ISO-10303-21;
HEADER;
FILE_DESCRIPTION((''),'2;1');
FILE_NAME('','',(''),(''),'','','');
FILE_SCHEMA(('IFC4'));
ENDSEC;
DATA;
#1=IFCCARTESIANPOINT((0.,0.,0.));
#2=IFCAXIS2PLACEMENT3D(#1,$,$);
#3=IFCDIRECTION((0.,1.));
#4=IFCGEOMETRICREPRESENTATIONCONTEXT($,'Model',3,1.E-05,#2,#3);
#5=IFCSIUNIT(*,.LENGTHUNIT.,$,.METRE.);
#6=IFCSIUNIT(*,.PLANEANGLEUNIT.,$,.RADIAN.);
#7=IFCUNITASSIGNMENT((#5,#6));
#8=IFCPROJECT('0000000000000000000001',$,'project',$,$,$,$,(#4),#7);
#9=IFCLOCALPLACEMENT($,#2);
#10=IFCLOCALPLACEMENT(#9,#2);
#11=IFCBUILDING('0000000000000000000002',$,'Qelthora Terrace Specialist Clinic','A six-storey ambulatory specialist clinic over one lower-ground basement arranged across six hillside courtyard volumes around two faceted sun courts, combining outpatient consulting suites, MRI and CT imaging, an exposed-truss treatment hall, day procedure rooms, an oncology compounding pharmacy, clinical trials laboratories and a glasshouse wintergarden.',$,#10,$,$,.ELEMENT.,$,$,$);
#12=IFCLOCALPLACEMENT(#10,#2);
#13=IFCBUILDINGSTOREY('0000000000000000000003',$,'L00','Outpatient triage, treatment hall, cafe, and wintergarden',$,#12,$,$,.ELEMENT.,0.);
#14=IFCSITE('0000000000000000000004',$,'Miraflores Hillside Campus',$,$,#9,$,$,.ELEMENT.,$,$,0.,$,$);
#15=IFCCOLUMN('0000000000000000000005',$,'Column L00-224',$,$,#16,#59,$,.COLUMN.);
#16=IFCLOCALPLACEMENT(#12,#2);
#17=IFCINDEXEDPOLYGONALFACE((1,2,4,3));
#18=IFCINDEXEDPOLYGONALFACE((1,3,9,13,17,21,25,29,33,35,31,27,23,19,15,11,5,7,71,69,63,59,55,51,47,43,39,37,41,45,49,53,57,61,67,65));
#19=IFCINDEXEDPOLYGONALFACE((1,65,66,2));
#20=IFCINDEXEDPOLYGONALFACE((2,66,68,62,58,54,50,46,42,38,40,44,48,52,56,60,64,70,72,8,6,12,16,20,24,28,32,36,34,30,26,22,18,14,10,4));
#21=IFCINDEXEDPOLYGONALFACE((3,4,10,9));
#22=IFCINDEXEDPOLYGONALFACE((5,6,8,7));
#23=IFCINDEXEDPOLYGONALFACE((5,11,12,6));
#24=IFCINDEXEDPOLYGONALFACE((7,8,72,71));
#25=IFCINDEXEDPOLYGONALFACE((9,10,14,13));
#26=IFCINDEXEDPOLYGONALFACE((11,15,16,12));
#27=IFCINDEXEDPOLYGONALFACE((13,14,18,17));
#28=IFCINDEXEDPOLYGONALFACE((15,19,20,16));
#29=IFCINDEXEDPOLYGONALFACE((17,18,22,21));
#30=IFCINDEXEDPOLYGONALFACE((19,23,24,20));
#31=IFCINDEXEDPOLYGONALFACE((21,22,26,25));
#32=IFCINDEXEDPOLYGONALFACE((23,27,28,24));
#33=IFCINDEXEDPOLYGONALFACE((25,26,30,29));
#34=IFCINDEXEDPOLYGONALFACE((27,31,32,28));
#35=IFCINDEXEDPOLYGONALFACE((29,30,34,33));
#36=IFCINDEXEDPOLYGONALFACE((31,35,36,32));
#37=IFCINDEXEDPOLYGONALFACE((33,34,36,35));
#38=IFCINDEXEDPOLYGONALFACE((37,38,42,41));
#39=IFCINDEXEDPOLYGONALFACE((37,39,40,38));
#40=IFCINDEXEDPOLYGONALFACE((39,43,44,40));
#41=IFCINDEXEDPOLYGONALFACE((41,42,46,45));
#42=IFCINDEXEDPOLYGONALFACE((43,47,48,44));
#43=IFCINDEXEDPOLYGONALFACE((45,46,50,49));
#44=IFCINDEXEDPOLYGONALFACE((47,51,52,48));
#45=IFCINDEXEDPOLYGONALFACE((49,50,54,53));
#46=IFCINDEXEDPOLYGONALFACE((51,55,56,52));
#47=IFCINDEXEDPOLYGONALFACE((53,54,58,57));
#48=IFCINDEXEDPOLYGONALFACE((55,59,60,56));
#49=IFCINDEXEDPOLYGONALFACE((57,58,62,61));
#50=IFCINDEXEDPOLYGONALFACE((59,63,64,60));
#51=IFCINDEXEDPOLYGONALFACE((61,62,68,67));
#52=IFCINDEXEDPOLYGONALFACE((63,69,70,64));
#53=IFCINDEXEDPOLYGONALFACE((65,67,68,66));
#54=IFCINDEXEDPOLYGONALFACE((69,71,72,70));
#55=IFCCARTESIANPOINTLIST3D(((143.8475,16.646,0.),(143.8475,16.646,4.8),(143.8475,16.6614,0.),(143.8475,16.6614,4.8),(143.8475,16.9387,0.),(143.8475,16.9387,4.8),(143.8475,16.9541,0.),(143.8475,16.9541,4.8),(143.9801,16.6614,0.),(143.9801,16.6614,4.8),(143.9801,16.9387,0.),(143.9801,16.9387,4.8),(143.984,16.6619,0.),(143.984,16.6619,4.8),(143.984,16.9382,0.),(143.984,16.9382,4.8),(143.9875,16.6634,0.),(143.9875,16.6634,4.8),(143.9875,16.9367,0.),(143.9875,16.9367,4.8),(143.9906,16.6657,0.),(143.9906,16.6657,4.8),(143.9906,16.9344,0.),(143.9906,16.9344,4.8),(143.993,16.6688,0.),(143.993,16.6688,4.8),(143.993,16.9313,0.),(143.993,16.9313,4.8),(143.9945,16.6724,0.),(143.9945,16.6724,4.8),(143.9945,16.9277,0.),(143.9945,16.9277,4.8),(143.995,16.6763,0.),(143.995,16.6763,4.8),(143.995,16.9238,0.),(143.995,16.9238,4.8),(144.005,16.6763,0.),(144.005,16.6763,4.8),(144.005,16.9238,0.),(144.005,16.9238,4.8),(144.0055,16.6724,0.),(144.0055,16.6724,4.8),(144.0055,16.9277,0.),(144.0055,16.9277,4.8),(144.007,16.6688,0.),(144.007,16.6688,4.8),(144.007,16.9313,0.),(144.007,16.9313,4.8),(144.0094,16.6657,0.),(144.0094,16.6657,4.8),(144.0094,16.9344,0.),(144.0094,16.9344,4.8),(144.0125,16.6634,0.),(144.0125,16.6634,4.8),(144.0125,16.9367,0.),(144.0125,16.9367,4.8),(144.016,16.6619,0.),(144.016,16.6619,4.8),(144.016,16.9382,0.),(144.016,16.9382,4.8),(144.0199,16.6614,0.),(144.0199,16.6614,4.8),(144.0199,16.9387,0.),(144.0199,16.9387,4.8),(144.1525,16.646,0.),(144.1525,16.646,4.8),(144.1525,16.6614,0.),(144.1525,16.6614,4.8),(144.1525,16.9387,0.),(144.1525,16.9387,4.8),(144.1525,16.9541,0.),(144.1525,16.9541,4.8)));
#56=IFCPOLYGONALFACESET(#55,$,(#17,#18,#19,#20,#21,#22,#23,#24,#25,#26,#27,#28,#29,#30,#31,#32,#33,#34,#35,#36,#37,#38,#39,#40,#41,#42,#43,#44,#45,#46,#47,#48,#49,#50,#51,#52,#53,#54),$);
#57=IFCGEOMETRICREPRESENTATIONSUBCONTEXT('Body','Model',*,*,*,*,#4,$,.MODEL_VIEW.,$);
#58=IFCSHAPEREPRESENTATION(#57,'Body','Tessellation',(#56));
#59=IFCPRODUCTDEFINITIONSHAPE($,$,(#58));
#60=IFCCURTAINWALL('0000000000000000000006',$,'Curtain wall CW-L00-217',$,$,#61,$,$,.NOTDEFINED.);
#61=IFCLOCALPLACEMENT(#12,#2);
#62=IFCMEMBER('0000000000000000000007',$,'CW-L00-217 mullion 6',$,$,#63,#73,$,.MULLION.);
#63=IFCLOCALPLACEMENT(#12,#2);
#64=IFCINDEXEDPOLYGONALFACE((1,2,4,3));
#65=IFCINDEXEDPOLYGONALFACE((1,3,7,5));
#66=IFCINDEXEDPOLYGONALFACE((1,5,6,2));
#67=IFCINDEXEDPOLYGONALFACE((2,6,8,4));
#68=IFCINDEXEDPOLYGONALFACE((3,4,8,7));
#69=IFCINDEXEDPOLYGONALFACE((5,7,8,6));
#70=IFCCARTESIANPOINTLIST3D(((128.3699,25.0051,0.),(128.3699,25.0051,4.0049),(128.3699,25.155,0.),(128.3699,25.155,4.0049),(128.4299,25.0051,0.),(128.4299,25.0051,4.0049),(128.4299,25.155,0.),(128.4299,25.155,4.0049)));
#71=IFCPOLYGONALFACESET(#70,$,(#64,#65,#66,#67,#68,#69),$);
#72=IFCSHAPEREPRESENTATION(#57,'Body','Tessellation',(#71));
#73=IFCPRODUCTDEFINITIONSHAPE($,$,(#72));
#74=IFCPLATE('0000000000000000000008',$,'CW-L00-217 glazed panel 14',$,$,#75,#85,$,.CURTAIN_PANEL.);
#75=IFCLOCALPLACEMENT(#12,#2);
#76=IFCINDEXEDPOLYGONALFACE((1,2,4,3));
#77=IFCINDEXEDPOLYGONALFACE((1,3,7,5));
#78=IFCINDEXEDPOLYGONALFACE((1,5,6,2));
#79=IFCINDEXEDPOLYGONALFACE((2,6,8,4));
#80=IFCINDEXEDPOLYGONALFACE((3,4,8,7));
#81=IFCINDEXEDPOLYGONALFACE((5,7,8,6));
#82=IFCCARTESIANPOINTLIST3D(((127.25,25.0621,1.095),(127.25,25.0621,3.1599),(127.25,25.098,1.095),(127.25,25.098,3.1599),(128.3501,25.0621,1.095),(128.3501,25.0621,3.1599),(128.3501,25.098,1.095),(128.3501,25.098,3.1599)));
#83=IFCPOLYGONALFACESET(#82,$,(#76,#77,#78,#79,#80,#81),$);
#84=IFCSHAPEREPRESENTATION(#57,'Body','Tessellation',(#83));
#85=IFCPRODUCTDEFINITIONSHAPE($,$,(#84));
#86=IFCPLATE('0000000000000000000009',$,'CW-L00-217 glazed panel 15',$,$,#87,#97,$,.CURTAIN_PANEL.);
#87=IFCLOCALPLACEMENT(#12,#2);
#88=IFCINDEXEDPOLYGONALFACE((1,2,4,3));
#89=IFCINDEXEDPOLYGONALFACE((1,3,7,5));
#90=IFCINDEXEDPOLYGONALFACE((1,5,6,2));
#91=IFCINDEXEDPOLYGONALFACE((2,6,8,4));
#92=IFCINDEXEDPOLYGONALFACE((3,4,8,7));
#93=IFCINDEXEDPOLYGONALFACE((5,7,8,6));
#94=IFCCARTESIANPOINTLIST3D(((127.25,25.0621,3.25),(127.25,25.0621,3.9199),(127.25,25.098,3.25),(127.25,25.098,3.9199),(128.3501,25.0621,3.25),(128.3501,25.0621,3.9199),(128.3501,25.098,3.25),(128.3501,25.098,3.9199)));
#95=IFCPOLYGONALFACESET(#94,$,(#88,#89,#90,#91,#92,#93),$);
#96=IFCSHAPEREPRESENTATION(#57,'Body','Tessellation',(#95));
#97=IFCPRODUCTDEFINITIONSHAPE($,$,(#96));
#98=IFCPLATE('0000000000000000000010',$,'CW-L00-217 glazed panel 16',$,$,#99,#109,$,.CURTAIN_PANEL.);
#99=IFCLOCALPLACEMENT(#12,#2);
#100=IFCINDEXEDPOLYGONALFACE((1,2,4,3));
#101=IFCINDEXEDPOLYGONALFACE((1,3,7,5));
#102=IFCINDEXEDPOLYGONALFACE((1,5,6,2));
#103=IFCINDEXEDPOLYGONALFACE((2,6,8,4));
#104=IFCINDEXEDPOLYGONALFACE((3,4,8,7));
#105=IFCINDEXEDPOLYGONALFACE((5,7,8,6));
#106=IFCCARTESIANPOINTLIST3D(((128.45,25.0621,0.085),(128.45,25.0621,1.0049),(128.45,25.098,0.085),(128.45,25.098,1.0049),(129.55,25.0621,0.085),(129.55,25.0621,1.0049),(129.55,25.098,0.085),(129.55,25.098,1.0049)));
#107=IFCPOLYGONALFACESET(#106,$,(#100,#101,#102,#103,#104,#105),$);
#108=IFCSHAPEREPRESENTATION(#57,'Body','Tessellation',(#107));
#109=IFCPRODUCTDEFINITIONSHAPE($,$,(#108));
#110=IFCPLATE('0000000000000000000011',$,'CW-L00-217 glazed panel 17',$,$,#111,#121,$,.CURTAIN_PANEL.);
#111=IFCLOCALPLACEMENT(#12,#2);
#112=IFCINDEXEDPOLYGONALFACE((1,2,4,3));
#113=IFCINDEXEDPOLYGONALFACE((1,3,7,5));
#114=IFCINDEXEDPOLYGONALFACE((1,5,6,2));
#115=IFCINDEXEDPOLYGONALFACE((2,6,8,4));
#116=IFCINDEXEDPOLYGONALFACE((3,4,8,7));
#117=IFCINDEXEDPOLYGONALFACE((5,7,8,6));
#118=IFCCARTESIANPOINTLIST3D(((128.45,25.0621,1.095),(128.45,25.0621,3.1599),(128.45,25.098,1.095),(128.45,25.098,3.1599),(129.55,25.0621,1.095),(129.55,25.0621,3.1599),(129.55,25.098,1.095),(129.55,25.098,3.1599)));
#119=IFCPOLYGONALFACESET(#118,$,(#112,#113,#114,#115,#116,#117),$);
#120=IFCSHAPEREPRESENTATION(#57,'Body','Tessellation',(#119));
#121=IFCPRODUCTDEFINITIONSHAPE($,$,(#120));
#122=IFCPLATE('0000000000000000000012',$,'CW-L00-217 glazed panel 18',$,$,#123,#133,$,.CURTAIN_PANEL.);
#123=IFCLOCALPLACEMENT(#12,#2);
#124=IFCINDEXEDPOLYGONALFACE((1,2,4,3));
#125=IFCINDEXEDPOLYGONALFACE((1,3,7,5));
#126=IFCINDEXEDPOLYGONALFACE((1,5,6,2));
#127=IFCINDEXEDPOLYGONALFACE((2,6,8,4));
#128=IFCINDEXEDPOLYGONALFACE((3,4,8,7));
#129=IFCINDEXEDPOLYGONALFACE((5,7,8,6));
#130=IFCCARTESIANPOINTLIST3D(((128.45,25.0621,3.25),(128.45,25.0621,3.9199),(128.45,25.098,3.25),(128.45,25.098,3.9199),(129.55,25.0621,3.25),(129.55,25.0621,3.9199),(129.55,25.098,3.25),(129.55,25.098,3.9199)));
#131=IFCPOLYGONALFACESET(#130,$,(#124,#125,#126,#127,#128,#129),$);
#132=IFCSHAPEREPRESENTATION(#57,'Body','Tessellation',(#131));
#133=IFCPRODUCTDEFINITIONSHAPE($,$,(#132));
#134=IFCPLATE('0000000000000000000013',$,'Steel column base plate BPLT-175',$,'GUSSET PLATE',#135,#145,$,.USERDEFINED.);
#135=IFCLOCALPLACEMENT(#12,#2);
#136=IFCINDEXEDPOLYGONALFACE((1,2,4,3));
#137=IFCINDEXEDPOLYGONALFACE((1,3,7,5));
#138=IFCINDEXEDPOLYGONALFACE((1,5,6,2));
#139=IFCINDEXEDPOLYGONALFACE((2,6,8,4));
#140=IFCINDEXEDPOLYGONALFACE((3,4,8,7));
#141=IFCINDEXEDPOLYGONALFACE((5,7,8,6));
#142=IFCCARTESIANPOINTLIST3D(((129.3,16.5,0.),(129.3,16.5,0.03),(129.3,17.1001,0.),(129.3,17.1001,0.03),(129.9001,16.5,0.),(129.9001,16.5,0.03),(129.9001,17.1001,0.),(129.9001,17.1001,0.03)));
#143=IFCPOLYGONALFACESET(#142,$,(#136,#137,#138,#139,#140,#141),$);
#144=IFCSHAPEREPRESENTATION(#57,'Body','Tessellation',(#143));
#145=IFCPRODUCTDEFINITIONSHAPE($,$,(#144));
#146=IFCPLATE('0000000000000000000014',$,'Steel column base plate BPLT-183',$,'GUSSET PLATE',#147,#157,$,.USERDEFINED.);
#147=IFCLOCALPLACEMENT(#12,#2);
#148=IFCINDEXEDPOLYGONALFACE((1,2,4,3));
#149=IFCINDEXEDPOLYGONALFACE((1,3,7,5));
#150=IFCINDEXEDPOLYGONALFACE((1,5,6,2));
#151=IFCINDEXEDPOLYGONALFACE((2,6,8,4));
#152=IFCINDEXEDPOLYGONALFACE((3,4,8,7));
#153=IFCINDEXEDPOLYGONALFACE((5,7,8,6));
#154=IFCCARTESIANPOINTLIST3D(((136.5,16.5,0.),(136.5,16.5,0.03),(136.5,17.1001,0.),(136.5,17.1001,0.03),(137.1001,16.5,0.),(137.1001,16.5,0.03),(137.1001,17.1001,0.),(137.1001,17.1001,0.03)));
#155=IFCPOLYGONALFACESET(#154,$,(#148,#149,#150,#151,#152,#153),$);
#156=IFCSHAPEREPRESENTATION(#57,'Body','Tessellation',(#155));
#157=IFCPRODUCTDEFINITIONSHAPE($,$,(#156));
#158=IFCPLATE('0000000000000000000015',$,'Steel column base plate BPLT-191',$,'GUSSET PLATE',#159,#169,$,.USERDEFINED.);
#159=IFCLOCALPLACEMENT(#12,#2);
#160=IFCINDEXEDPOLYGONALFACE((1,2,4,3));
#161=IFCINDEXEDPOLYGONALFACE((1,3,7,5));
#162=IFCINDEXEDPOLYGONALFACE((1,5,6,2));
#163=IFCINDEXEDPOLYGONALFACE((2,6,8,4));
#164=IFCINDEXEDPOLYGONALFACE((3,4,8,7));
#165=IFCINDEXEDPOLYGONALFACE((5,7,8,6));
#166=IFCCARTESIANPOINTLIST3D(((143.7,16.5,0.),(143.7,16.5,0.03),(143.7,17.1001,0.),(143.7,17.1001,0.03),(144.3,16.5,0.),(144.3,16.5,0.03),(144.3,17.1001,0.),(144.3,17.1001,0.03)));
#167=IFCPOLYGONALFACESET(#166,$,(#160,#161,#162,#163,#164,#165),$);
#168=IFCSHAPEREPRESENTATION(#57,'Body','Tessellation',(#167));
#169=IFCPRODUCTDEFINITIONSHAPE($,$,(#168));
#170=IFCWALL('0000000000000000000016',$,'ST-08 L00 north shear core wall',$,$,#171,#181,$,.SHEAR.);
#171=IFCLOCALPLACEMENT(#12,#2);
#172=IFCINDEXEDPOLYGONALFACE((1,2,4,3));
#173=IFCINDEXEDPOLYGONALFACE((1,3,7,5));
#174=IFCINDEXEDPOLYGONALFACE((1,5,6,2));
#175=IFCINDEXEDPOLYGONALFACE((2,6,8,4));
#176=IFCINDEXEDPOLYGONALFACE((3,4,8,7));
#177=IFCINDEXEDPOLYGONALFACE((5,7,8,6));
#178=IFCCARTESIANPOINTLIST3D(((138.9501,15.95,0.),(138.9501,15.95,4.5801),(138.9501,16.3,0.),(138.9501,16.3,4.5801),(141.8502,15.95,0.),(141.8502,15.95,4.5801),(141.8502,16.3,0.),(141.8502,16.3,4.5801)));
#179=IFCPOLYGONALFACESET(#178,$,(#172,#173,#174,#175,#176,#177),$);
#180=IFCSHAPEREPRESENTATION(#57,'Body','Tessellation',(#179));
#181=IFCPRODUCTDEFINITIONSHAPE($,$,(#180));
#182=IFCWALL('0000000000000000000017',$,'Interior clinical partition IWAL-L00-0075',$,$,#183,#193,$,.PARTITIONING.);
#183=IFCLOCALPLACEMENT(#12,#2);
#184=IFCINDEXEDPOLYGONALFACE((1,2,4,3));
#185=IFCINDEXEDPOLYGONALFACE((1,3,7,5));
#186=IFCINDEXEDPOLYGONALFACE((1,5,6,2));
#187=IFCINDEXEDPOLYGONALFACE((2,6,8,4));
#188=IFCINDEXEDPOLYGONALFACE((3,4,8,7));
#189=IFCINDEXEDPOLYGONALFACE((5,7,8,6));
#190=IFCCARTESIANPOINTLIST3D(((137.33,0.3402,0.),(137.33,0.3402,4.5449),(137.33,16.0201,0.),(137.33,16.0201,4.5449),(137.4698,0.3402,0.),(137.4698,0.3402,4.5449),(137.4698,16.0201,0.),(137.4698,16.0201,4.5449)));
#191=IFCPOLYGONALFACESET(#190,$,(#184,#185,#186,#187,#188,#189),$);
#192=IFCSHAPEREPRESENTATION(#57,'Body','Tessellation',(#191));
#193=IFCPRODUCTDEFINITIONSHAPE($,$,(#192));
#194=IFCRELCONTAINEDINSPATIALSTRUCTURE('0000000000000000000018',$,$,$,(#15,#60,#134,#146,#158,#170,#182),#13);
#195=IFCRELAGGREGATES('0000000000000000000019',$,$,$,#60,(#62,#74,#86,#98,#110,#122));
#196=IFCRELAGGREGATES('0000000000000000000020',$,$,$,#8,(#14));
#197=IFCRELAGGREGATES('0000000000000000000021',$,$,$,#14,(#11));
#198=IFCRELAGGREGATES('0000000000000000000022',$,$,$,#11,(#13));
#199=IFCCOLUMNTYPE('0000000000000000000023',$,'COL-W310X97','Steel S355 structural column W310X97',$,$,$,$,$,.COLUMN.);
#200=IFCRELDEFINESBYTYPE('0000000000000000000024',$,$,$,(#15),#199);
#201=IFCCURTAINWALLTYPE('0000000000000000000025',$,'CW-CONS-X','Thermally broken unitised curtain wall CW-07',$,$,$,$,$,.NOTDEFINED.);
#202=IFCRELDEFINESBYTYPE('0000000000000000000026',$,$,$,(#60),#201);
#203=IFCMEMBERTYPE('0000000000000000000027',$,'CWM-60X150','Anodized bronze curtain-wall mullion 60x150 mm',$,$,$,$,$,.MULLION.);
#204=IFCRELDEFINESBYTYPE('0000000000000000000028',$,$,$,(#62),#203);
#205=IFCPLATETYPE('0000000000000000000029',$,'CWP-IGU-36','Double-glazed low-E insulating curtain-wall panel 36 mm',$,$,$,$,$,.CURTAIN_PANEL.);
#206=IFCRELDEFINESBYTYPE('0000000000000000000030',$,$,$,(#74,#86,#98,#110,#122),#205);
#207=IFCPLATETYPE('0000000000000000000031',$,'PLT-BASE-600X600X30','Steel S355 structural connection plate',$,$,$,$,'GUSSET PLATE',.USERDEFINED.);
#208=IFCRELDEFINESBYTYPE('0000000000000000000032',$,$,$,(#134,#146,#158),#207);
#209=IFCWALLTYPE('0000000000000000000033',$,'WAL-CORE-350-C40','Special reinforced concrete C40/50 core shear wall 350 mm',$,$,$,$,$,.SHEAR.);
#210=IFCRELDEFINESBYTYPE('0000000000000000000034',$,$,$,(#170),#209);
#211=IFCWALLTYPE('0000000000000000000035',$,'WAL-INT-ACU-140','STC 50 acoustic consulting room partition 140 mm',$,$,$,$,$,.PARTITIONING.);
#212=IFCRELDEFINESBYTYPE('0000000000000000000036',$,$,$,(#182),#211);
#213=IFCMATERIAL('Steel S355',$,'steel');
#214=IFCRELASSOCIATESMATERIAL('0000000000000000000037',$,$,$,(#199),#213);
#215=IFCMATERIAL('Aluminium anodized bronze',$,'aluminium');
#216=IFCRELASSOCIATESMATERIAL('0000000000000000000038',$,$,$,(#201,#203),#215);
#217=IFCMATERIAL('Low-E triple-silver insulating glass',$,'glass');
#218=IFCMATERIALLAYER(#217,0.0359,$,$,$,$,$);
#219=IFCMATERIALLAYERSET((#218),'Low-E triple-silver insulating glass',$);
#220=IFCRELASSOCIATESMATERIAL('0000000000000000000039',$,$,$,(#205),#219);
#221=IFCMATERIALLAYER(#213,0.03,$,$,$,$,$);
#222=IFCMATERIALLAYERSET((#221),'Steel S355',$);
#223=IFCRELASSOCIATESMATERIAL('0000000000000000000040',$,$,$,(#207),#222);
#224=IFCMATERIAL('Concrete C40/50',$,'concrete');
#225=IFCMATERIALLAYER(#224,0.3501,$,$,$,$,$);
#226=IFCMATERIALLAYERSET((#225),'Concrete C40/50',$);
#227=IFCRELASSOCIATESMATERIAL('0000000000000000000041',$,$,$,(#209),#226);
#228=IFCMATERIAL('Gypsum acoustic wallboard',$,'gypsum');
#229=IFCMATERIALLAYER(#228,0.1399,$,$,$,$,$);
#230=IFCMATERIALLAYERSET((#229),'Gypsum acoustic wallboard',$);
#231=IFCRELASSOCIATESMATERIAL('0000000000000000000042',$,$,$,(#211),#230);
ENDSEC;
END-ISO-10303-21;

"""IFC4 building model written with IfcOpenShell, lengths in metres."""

from ifc_helpers import new_model, si_unit, direction, frame, frame_2d, origin, origin_2d, place, context, subcontext, project, spatial, rectangle, i_section, extrude, material, layer, layer_set, material_profile, profile_set, type_object, element, aggregate, save


model = new_model("IFC4")

# Units and contexts
model_context = context("Model", 3, precision=1e-05, world=origin(), true_north=direction((0.0, 1.0)))
body_context = subcontext(model_context, "Body", "Model", "MODEL_VIEW")
ifc_project = project(units=[si_unit("LENGTHUNIT", "METRE"), si_unit("PLANEANGLEUNIT", "RADIAN")], contexts=[model_context])

# Site, building, storey
site_placement = place(None, origin())
site = spatial("IfcSite", under=ifc_project, at=site_placement, Name="Miraflores Hillside Campus", CompositionType="ELEMENT", RefElevation=0.0)
building_placement = place(site_placement, origin())
building = spatial("IfcBuilding", under=site, at=building_placement, Name="Qelthora Terrace Specialist Clinic", Description="A six-storey ambulatory specialist clinic over one lower-ground basement arranged across six hillside courtyard volumes around two faceted sun courts, combining outpatient consulting suites, MRI and CT imaging, an exposed-truss treatment hall, day procedure rooms, an oncology compounding pharmacy, clinical trials laboratories and a glasshouse wintergarden.", CompositionType="ELEMENT")
storey_placement = place(building_placement, origin())
storey = spatial("IfcBuildingStorey", under=building, at=storey_placement, Name="L00", Description="Outpatient triage, treatment hall, cafe, and wintergarden", CompositionType="ELEMENT", Elevation=0.0)

# Column
ifc_material_1 = material(Name="Steel S355", Category="steel")
ifc_material_profile_1 = material_profile(ifc_material_1, i_section(OverallWidth=0.3049, OverallDepth=0.3081, WebThickness=0.01, FlangeThickness=0.0154, FilletRadius=0.0149, at=origin_2d()), Name="W310X97")
ifc_profile_set_1 = profile_set([ifc_material_profile_1], Name="Steel S355")
column_type_1 = type_object("IfcColumnType", Name="COL-W310X97", Description="Steel S355 structural column W310X97", PredefinedType="COLUMN", material=ifc_profile_set_1)
column_1_placement = place(storey_placement, frame((144.0, 16.8, 0.0), z_axis=(0.0, 0.0, 1.0), x_axis=(1.0, 0.0, 0.0)))
element("IfcColumn", 1, at=column_1_placement, inside=storey, type_object=column_type_1, Name="Column L00-224", PredefinedType="COLUMN", context=body_context, shape_type="SweptSolid", body=[
    extrude(i_section(OverallWidth=0.3049, OverallDepth=0.3081, WebThickness=0.01, FlangeThickness=0.0154, FilletRadius=0.0149, at=origin_2d()), origin(), (0.0, 0.0, 1.0), 4.8),
])

# Curtain wall, member, plates
ifc_material_2 = material(Name="Aluminium anodized bronze", Category="aluminium")
curtain_wall_type = type_object("IfcCurtainWallType", Name="CW-CONS-X", Description="Thermally broken unitised curtain wall CW-07", PredefinedType="NOTDEFINED", material=ifc_material_2)
curtain_wall_placement = place(storey_placement, origin())
curtain_wall = element("IfcCurtainWall", 2, at=curtain_wall_placement, inside=storey, type_object=curtain_wall_type, Name="Curtain wall CW-L00-217", PredefinedType="NOTDEFINED")
ifc_material_profile_2 = material_profile(ifc_material_2, rectangle(XDim=0.0601, YDim=0.1499, at=origin_2d()), Name="CWM60X150")
ifc_profile_set_2 = profile_set([ifc_material_profile_2], Name="Aluminium anodized bronze")
member_type = type_object("IfcMemberType", Name="CWM-60X150", Description="Anodized bronze curtain-wall mullion 60x150 mm", PredefinedType="MULLION", material=ifc_profile_set_2)
member_placement = place(storey_placement, frame((128.3999, 25.0801, 0.0), z_axis=(0.0, 0.0, 1.0), x_axis=(1.0, 0.0, 0.0)))
member = element("IfcMember", 3, at=member_placement, type_object=member_type, Name="CW-L00-217 mullion 6", PredefinedType="MULLION", context=body_context, shape_type="SweptSolid", body=[
    extrude(rectangle(XDim=0.0601, YDim=0.1499, at=origin_2d()), origin(), (0.0, 0.0, 1.0), 4.0049),
])
ifc_material_3 = material(Name="Low-E triple-silver insulating glass", Category="glass")
ifc_layer_1 = layer(ifc_material_3, 0.0359)
ifc_layer_set_1 = layer_set([ifc_layer_1], Name="Low-E triple-silver insulating glass")
plate_type_1 = type_object("IfcPlateType", Name="CWP-IGU-36", Description="Double-glazed low-E insulating curtain-wall panel 36 mm", PredefinedType="CURTAIN_PANEL", material=ifc_layer_set_1)
plate_1_placement = place(storey_placement, frame((127.8, 25.0801, 1.095), z_axis=(0.0, 0.0, 1.0), x_axis=(1.0, 0.0, 0.0)))
plate_1 = element("IfcPlate", 4, at=plate_1_placement, type_object=plate_type_1, Name="CW-L00-217 glazed panel 14", PredefinedType="CURTAIN_PANEL", context=body_context, shape_type="SweptSolid", body=[
    extrude(rectangle(XDim=1.1001, YDim=0.0359, at=origin_2d()), origin(), (0.0, 0.0, 1.0), 2.0649),
])
plate_2_placement = place(storey_placement, frame((127.8, 25.0801, 3.25), z_axis=(0.0, 0.0, 1.0), x_axis=(1.0, 0.0, 0.0)))
plate_2 = element("IfcPlate", 5, at=plate_2_placement, type_object=plate_type_1, Name="CW-L00-217 glazed panel 15", PredefinedType="CURTAIN_PANEL", context=body_context, shape_type="SweptSolid", body=[
    extrude(rectangle(XDim=1.1001, YDim=0.0359, at=origin_2d()), origin(), (0.0, 0.0, 1.0), 0.6699),
])
plate_3_placement = place(storey_placement, frame((129.0, 25.0801, 0.085), z_axis=(0.0, 0.0, 1.0), x_axis=(1.0, 0.0, 0.0)))
plate_3 = element("IfcPlate", 6, at=plate_3_placement, type_object=plate_type_1, Name="CW-L00-217 glazed panel 16", PredefinedType="CURTAIN_PANEL", context=body_context, shape_type="SweptSolid", body=[
    extrude(rectangle(XDim=1.1001, YDim=0.0359, at=origin_2d()), origin(), (0.0, 0.0, 1.0), 0.9199),
])
plate_4_placement = place(storey_placement, frame((129.0, 25.0801, 1.095), z_axis=(0.0, 0.0, 1.0), x_axis=(1.0, 0.0, 0.0)))
plate_4 = element("IfcPlate", 7, at=plate_4_placement, type_object=plate_type_1, Name="CW-L00-217 glazed panel 17", PredefinedType="CURTAIN_PANEL", context=body_context, shape_type="SweptSolid", body=[
    extrude(rectangle(XDim=1.1001, YDim=0.0359, at=origin_2d()), origin(), (0.0, 0.0, 1.0), 2.0649),
])
plate_5_placement = place(storey_placement, frame((129.0, 25.0801, 3.25), z_axis=(0.0, 0.0, 1.0), x_axis=(1.0, 0.0, 0.0)))
plate_5 = element("IfcPlate", 8, at=plate_5_placement, type_object=plate_type_1, Name="CW-L00-217 glazed panel 18", PredefinedType="CURTAIN_PANEL", context=body_context, shape_type="SweptSolid", body=[
    extrude(rectangle(XDim=1.1001, YDim=0.0359, at=origin_2d()), origin(), (0.0, 0.0, 1.0), 0.6699),
])
aggregate(curtain_wall, [member, plate_1, plate_2, plate_3, plate_4, plate_5])

# Plates
ifc_layer_2 = layer(ifc_material_1, 0.03)
ifc_layer_set_2 = layer_set([ifc_layer_2], Name="Steel S355")
plate_type_2 = type_object("IfcPlateType", Name="PLT-BASE-600X600X30", Description="Steel S355 structural connection plate", ElementType="GUSSET PLATE", PredefinedType="USERDEFINED", material=ifc_layer_set_2)
for number, where, z_axis, x_axis, name in (
    (9, (129.6001, 16.8, 0.0), (0.0, 0.0, 1.0), (1.0, 0.0, 0.0), "Steel column base plate BPLT-175"),
    (10, (136.8, 16.8, 0.0), (0.0, 0.0, 1.0), (1.0, 0.0, 0.0), "Steel column base plate BPLT-183"),
    (11, (144.0, 16.8, 0.0), (0.0, 0.0, 1.0), (1.0, 0.0, 0.0), "Steel column base plate BPLT-191"),
):
    element("IfcPlate", number, at=place(storey_placement, frame(where, z_axis=z_axis, x_axis=x_axis)), inside=storey, type_object=plate_type_2, Name=name, ObjectType="GUSSET PLATE", PredefinedType="USERDEFINED", context=body_context, shape_type="SweptSolid", body=[
        extrude(rectangle(XDim=0.6001, YDim=0.6001, at=origin_2d()), origin(), (0.0, 0.0, 1.0), 0.03),
    ])

# Walls
ifc_material_4 = material(Name="Concrete C40/50", Category="concrete")
ifc_layer_3 = layer(ifc_material_4, 0.3501)
ifc_layer_set_3 = layer_set([ifc_layer_3], Name="Concrete C40/50")
wall_type_1 = type_object("IfcWallType", Name="WAL-CORE-350-C40", Description="Special reinforced concrete C40/50 core shear wall 350 mm", PredefinedType="SHEAR", material=ifc_layer_set_3)
wall_1_placement = place(storey_placement, frame((138.95, 16.125, 0.0), z_axis=(0.0, 0.0, 1.0), x_axis=(1.0, 0.0, 0.0)))
element("IfcWall", 12, at=wall_1_placement, inside=storey, type_object=wall_type_1, Name="ST-08 L00 north shear core wall", PredefinedType="SHEAR", context=body_context, shape_type="SweptSolid", body=[
    extrude(rectangle(XDim=2.9001, YDim=0.3501, at=frame_2d((1.4502, 0.0))), origin(), (0.0, 0.0, 1.0), 4.5801),
])
ifc_material_5 = material(Name="Gypsum acoustic wallboard", Category="gypsum")
ifc_layer_4 = layer(ifc_material_5, 0.1399)
ifc_layer_set_4 = layer_set([ifc_layer_4], Name="Gypsum acoustic wallboard")
wall_type_2 = type_object("IfcWallType", Name="WAL-INT-ACU-140", Description="STC 50 acoustic consulting room partition 140 mm", PredefinedType="PARTITIONING", material=ifc_layer_set_4)
wall_2_placement = place(storey_placement, frame((137.3999, 16.02, 0.0), z_axis=(0.0, 0.0, 1.0), x_axis=(0.0, -1.0, 0.0)))
element("IfcWall", 13, at=wall_2_placement, inside=storey, type_object=wall_type_2, Name="Interior clinical partition IWAL-L00-0075", PredefinedType="PARTITIONING", context=body_context, shape_type="SweptSolid", body=[
    extrude(rectangle(XDim=15.6799, YDim=0.1399, at=frame_2d((7.8398, 0.0))), origin(), (0.0, 0.0, 1.0), 4.5449),
])

save(model, "model.ifc")
